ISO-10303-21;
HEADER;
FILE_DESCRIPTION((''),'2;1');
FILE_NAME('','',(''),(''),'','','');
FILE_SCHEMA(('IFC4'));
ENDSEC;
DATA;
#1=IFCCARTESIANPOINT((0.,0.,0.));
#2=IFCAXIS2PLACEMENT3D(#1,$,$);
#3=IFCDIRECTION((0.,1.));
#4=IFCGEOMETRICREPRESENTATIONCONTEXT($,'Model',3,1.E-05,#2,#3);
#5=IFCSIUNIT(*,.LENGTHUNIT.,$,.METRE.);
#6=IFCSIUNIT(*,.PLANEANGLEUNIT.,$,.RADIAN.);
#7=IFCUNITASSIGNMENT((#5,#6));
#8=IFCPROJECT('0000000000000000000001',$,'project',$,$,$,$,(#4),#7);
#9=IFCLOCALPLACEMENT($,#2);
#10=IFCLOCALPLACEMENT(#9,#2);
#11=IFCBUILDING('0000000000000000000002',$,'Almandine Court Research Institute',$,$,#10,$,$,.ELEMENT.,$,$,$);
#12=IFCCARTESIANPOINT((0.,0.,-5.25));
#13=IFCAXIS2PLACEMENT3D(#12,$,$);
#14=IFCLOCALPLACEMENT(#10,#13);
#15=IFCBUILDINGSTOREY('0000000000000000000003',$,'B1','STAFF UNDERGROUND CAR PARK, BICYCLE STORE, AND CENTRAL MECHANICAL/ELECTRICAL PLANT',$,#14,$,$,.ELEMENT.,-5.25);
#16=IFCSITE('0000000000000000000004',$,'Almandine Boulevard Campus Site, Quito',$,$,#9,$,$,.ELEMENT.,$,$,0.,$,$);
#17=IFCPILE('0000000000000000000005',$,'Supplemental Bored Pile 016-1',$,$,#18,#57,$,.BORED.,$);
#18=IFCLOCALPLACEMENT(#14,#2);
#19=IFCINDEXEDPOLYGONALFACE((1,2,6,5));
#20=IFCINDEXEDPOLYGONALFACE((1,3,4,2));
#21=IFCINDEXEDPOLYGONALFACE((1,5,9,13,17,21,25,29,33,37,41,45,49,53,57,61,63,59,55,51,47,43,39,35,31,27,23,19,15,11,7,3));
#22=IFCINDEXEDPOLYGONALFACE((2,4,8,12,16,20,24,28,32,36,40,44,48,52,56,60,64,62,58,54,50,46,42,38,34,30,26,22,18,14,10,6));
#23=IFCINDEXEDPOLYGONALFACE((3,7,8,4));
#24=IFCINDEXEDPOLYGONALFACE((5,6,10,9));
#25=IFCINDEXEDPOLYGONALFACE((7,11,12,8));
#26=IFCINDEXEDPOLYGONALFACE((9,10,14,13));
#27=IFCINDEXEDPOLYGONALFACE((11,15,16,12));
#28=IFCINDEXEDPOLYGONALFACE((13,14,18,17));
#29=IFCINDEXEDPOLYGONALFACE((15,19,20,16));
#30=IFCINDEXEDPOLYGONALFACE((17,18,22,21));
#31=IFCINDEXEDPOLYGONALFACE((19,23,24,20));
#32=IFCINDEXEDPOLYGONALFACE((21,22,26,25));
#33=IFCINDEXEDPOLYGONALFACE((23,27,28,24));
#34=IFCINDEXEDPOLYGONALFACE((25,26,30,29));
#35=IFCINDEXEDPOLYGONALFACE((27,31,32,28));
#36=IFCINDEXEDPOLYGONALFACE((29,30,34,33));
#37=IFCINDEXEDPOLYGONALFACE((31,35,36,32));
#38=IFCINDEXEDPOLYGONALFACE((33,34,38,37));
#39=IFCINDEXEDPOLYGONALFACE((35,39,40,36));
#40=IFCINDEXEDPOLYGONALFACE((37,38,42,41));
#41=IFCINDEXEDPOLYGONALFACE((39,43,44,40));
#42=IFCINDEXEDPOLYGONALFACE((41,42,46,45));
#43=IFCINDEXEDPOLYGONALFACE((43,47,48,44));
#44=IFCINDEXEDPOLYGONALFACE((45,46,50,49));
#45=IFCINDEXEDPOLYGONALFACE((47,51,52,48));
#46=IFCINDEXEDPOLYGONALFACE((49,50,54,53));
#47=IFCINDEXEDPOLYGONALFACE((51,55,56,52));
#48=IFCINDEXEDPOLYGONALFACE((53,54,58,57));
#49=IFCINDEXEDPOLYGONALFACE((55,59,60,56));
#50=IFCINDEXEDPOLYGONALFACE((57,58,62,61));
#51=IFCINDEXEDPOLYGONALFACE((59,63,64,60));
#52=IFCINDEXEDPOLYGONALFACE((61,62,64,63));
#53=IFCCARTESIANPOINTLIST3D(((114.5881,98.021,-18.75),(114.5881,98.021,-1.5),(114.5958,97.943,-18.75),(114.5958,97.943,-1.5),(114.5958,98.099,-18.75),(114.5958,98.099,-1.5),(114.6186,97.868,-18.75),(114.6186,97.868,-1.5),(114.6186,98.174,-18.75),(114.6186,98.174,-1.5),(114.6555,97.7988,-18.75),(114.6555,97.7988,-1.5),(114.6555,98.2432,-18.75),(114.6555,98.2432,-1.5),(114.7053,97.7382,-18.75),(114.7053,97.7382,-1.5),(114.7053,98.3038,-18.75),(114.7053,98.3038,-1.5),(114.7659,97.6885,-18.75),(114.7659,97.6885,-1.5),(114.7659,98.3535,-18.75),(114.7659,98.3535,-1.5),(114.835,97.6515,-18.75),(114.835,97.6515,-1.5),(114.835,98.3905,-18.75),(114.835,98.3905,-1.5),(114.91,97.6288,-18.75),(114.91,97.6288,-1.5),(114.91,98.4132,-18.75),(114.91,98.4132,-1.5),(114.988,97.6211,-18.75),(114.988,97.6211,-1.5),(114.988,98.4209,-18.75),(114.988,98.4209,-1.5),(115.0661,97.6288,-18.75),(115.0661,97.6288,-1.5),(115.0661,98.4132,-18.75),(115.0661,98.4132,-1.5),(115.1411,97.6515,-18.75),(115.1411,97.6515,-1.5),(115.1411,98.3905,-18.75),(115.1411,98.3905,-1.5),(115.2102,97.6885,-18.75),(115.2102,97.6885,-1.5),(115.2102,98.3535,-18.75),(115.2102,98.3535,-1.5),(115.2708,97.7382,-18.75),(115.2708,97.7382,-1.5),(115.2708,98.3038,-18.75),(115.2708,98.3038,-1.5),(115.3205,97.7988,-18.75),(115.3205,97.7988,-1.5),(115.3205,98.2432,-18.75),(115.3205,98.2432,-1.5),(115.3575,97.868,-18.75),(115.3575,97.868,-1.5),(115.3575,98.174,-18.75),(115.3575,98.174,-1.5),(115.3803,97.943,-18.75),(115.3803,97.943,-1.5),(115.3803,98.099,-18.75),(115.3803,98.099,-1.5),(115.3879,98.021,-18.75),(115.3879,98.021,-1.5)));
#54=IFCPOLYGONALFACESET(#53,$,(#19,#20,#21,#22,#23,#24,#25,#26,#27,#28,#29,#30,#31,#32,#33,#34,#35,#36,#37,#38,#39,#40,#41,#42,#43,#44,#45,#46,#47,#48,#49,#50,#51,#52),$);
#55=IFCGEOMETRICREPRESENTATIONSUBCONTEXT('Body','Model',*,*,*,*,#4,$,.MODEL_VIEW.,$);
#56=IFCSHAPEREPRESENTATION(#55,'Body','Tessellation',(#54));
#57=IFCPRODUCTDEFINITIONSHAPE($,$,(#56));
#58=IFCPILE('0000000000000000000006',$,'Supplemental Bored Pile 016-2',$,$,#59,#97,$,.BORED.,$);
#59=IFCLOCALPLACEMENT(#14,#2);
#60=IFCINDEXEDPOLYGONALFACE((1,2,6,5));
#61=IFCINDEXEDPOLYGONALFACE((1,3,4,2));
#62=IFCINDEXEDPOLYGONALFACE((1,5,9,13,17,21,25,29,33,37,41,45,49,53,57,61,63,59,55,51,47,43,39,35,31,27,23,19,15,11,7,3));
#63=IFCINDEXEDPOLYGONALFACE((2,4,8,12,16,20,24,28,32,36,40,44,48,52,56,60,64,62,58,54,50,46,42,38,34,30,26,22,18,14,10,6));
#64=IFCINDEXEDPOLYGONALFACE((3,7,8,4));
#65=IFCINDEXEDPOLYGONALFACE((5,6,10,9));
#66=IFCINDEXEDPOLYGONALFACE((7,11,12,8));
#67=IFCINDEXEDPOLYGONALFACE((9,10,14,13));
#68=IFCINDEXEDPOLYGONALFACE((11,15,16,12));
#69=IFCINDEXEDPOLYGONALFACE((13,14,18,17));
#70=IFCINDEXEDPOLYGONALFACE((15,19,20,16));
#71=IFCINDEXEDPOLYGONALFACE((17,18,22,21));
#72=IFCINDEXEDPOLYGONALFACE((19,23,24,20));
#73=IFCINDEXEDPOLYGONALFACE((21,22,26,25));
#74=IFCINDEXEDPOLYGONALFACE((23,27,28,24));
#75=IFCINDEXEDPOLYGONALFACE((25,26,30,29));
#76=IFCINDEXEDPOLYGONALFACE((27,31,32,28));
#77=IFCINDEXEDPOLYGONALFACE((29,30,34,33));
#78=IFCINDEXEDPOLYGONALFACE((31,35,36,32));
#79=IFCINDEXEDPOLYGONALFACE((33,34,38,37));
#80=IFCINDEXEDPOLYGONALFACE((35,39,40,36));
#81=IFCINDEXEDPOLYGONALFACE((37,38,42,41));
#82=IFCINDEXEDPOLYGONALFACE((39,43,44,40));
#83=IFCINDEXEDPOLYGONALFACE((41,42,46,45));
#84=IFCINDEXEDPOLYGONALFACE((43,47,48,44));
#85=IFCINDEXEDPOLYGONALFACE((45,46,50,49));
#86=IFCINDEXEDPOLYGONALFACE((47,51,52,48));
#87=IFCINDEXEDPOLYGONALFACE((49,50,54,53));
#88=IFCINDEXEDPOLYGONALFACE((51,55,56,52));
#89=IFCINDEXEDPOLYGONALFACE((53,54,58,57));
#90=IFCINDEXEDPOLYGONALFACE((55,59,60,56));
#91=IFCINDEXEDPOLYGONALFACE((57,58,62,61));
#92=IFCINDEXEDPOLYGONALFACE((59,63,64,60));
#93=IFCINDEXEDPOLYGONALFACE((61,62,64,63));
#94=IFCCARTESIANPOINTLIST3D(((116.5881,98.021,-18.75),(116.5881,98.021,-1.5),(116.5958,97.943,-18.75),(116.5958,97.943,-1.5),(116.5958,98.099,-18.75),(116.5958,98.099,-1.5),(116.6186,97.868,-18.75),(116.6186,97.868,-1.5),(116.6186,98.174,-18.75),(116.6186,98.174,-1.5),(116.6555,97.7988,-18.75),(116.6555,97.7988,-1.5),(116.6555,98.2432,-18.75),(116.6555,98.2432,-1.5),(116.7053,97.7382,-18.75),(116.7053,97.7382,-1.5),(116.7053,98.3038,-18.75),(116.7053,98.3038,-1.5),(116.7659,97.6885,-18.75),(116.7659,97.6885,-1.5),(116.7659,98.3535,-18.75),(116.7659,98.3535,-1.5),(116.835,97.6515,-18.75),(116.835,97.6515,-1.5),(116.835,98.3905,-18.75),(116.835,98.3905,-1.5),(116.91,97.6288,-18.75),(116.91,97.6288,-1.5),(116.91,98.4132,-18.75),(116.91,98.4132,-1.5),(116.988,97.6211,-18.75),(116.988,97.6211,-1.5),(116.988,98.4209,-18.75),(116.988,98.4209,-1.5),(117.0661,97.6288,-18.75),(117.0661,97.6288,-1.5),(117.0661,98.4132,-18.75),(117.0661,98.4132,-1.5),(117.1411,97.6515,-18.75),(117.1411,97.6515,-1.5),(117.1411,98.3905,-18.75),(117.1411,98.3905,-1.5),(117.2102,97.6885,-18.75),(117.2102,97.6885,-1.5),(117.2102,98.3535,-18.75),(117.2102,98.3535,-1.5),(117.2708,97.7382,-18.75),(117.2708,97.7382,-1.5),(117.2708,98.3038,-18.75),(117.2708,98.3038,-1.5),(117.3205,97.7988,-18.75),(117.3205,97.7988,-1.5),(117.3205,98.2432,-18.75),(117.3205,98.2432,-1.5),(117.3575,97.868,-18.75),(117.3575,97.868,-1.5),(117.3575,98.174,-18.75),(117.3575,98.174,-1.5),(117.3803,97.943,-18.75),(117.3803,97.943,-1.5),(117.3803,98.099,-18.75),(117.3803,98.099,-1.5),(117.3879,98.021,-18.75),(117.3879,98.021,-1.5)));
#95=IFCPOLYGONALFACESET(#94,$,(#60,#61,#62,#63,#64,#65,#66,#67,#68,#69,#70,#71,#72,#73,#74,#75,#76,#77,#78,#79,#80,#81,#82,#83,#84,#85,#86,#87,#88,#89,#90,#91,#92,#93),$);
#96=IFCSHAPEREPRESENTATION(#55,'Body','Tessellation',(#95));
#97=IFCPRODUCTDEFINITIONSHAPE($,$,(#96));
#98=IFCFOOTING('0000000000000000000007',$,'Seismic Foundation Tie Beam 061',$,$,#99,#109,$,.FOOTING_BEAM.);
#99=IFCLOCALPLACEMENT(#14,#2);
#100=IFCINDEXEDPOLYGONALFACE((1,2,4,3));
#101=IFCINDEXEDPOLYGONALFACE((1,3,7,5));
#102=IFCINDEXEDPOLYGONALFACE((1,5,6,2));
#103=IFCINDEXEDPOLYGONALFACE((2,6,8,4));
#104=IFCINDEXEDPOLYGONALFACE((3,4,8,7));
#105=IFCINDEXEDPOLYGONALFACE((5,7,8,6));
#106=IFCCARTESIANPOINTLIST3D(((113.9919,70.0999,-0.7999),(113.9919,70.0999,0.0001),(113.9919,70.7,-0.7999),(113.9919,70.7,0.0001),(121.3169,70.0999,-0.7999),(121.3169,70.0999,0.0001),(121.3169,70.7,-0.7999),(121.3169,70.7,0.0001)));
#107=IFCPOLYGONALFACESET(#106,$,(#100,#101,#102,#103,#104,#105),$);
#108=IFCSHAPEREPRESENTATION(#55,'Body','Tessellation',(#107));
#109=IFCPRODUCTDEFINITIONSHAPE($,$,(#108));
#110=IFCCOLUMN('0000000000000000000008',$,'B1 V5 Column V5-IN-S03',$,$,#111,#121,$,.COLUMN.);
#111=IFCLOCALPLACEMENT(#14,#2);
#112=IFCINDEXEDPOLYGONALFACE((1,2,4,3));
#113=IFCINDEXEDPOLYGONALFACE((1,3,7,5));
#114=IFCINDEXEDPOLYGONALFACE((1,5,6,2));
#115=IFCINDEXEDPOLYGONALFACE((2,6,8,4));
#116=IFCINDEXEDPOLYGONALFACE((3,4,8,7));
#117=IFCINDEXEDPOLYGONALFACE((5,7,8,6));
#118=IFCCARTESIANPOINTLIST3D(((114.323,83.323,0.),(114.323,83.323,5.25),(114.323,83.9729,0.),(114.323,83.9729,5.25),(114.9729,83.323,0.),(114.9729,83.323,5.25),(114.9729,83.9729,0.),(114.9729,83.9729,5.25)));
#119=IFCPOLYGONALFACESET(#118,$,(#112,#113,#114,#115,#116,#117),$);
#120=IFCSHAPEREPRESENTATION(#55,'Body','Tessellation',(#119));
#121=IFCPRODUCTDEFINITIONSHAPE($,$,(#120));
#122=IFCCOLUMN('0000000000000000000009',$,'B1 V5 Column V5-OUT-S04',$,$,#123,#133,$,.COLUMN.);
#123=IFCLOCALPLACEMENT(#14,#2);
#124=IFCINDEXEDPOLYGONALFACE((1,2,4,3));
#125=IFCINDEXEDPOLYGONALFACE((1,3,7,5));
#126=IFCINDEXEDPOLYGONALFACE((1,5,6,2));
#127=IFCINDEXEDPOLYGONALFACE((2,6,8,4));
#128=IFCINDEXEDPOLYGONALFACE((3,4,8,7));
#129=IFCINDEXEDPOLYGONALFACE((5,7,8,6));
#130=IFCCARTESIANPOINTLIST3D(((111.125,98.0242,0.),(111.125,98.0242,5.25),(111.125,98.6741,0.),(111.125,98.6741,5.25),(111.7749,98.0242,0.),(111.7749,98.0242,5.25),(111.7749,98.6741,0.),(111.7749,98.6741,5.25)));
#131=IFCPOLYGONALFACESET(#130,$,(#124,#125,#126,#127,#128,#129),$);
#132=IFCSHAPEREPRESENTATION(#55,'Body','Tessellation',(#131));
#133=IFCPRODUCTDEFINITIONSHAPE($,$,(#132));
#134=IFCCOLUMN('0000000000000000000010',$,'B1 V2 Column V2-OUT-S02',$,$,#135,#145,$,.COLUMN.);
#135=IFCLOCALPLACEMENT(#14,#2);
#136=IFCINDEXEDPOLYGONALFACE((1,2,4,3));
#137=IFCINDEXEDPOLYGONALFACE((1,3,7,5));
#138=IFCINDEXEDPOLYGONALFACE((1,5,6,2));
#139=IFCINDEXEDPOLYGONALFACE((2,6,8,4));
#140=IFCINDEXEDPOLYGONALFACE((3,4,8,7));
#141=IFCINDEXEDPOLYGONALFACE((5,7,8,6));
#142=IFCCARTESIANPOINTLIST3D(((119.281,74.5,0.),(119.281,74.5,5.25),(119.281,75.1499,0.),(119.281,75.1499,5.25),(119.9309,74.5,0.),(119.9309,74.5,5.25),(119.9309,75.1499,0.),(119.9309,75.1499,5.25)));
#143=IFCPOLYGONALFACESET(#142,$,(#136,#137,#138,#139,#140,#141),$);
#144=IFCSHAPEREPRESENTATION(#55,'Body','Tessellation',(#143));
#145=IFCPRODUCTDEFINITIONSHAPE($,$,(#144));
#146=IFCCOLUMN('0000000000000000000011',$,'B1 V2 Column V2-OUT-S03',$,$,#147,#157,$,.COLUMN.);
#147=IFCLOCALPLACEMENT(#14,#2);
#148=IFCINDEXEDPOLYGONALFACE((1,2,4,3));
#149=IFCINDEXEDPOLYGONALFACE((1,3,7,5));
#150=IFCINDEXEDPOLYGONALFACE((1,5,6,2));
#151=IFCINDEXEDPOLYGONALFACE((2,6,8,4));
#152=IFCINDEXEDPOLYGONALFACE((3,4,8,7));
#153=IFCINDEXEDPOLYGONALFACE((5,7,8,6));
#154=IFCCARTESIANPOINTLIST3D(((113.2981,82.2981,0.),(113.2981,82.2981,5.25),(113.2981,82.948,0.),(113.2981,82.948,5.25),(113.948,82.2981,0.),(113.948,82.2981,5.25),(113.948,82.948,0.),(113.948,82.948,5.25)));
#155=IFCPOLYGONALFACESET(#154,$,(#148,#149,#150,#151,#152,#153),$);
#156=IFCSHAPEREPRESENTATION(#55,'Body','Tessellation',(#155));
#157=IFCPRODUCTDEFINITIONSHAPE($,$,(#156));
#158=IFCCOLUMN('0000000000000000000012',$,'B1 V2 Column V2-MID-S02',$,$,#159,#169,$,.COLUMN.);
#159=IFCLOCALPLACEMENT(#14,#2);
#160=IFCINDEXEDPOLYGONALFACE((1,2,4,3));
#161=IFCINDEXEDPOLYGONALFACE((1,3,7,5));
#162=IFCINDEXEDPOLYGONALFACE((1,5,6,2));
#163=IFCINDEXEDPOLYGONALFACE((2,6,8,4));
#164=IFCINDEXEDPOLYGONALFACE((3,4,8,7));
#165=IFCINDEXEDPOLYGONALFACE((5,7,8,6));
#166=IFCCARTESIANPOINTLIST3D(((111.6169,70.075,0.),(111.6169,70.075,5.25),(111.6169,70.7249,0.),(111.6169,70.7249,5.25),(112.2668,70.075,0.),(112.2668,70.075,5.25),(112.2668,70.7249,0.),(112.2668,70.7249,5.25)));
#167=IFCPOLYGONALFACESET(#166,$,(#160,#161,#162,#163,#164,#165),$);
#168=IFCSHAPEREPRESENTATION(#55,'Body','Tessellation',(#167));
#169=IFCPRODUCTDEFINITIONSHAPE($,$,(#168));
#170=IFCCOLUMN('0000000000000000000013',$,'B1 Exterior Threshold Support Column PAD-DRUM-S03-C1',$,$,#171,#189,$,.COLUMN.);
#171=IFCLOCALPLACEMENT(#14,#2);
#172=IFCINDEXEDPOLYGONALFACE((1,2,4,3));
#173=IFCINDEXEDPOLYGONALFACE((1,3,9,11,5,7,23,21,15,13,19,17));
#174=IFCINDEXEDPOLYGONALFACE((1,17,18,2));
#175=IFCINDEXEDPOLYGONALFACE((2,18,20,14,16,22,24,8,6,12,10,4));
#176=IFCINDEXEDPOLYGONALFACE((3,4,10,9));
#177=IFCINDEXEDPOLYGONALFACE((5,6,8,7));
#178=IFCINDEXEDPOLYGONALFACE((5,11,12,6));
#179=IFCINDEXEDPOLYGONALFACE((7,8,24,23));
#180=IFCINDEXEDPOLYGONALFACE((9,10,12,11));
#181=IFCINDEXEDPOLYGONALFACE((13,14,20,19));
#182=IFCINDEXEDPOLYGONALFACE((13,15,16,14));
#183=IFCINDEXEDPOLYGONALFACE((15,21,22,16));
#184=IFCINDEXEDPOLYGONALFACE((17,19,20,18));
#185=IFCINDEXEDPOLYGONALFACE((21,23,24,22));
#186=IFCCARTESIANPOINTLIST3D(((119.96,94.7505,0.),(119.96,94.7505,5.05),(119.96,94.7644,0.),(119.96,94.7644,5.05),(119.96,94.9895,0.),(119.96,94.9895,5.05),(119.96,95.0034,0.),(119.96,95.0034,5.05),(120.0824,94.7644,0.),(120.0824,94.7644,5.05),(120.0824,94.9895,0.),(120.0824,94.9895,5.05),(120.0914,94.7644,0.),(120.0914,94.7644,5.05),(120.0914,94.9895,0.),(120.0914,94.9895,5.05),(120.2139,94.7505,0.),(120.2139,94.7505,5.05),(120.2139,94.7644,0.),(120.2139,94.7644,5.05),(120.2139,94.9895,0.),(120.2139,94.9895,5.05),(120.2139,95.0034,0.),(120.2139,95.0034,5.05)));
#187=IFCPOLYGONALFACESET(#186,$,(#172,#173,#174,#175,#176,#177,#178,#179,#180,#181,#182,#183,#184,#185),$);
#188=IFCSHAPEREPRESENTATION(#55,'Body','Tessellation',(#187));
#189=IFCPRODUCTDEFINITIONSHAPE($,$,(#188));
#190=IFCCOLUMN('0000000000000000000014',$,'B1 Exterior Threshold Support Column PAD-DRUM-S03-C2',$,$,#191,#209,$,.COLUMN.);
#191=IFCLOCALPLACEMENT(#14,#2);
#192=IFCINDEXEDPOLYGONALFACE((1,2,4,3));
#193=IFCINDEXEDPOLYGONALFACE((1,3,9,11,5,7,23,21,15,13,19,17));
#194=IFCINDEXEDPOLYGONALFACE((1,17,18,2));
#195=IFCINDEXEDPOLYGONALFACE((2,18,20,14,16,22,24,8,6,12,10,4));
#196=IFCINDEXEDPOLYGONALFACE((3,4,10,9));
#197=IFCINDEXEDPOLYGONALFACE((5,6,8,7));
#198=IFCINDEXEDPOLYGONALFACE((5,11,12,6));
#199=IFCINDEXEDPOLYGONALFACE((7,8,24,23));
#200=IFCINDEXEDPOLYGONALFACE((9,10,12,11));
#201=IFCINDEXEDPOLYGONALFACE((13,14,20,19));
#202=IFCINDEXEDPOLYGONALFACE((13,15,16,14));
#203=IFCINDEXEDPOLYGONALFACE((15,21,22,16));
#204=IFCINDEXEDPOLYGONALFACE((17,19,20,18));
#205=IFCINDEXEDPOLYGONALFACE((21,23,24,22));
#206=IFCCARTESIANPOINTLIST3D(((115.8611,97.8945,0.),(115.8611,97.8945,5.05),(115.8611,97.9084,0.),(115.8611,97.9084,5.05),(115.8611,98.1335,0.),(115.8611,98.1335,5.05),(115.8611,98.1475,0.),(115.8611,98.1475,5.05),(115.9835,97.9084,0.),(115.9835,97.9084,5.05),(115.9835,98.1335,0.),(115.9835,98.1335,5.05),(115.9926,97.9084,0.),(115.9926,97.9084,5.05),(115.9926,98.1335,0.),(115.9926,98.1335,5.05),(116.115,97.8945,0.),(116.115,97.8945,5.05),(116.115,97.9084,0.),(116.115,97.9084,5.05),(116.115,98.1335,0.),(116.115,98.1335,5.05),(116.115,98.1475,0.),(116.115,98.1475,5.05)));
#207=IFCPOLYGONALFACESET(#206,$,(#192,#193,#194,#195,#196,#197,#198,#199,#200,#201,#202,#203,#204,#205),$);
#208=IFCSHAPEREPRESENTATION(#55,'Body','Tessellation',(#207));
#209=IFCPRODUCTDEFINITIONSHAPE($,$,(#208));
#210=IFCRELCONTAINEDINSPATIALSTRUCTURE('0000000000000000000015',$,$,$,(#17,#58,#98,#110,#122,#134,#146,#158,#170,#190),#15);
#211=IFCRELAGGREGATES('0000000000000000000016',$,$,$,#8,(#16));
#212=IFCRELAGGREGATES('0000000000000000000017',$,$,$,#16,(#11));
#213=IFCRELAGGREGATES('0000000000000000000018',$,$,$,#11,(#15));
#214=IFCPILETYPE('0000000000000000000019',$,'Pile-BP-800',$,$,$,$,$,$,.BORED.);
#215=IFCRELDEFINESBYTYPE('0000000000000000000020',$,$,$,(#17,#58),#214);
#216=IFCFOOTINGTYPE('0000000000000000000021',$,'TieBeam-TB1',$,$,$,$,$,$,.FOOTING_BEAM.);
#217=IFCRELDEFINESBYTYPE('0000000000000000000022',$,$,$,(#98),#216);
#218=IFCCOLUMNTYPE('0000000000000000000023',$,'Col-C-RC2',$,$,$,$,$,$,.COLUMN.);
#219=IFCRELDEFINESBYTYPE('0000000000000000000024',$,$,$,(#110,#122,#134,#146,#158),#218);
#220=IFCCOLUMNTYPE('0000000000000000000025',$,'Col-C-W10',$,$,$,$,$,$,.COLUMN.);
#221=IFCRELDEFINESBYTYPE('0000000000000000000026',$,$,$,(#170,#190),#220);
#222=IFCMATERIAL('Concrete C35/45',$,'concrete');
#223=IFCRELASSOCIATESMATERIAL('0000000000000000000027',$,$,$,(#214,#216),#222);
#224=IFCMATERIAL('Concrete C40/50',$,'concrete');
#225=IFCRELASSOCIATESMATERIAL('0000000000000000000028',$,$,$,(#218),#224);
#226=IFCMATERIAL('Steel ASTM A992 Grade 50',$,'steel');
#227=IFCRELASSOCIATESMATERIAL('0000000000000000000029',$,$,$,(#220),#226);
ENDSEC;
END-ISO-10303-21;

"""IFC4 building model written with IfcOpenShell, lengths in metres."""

from ifc_helpers import new_model, si_unit, direction, frame, origin, origin_2d, place, context, subcontext, project, spatial, rectangle, circle, i_section, extrude, material, material_profile, profile_set, type_object, element, save


model = new_model("IFC4")

# Units and contexts
model_context = context("Model", 3, precision=1e-05, world=origin(), true_north=direction((0.0, 1.0)))
body_context = subcontext(model_context, "Body", "Model", "MODEL_VIEW")
ifc_project = project(units=[si_unit("LENGTHUNIT", "METRE"), si_unit("PLANEANGLEUNIT", "RADIAN")], contexts=[model_context])

# Site, building, storey
site_placement = place(None, origin())
site = spatial("IfcSite", under=ifc_project, at=site_placement, Name="Almandine Boulevard Campus Site, Quito", CompositionType="ELEMENT", RefElevation=0.0)
building_placement = place(site_placement, origin())
building = spatial("IfcBuilding", under=site, at=building_placement, Name="Almandine Court Research Institute", CompositionType="ELEMENT")
storey_placement = place(building_placement, frame((0.0, 0.0, -5.25)))
storey = spatial("IfcBuildingStorey", under=building, at=storey_placement, Name="B1", Description="STAFF UNDERGROUND CAR PARK, BICYCLE STORE, AND CENTRAL MECHANICAL/ELECTRICAL PLANT", CompositionType="ELEMENT", Elevation=-5.25)

# Shared definitions
ifc_material_1 = material(Name="Concrete C35/45", Category="concrete")

# Piles
ifc_material_profile_1 = material_profile(ifc_material_1, circle(Radius=0.3999, at=origin_2d()), Name="BORED PILE D800")
ifc_profile_set_1 = profile_set([ifc_material_profile_1], Name="Concrete C35/45")
pile_type_1 = type_object("IfcPileType", Name="Pile-BP-800", PredefinedType="BORED", material=ifc_profile_set_1)
for number, where, z_axis, x_axis, name in (
    (1, (114.988, 98.021, -1.5), (0.0, 0.0, -1.0), (1.0, 0.0, 0.0), "Supplemental Bored Pile 016-1"),
    (2, (116.988, 98.021, -1.5), (0.0, 0.0, -1.0), (1.0, 0.0, 0.0), "Supplemental Bored Pile 016-2"),
):
    element("IfcPile", number, at=place(storey_placement, frame(where, z_axis=z_axis, x_axis=x_axis)), inside=storey, type_object=pile_type_1, Name=name, PredefinedType="BORED", context=body_context, shape_type="SweptSolid", body=[
        extrude(circle(Radius=0.3999, at=origin_2d()), origin(), (0.0, 0.0, 1.0), 17.25),
    ])

# Footing
ifc_material_profile_2 = material_profile(ifc_material_1, rectangle(XDim=0.6001, YDim=0.8, at=origin_2d()), Name="RC TIE 600x800")
ifc_profile_set_2 = profile_set([ifc_material_profile_2], Name="Concrete C35/45")
footing_type_1 = type_object("IfcFootingType", Name="TieBeam-TB1", PredefinedType="FOOTING_BEAM", material=ifc_profile_set_2)
footing_1_placement = place(storey_placement, frame((113.9919, 70.3999, -0.3999), z_axis=(1.0, 0.0, 0.0), x_axis=(0.0, 1.0, 0.0)))
element("IfcFooting", 3, at=footing_1_placement, inside=storey, type_object=footing_type_1, Name="Seismic Foundation Tie Beam 061", PredefinedType="FOOTING_BEAM", context=body_context, shape_type="SweptSolid", body=[
    extrude(rectangle(XDim=0.6001, YDim=0.8, at=origin_2d()), origin(), (0.0, 0.0, 1.0), 7.325),
])

# Columns
ifc_material_2 = material(Name="Concrete C40/50", Category="concrete")
ifc_material_profile_3 = material_profile(ifc_material_2, rectangle(XDim=0.6499, YDim=0.6499, at=origin_2d()), Name="RC 650x650")
ifc_profile_set_3 = profile_set([ifc_material_profile_3], Name="Concrete C40/50")
column_type_1 = type_object("IfcColumnType", Name="Col-C-RC2", PredefinedType="COLUMN", material=ifc_profile_set_3)
for number, where, z_axis, x_axis, name in (
    (4, (114.6479, 83.6479, 0.0), (0.0, 0.0, 1.0), (1.0, 0.0, 0.0), "B1 V5 Column V5-IN-S03"),
    (5, (111.45, 98.3491, 0.0), (0.0, 0.0, 1.0), (1.0, 0.0, 0.0), "B1 V5 Column V5-OUT-S04"),
    (6, (119.606, 74.825, 0.0), (0.0, 0.0, 1.0), (1.0, 0.0, 0.0), "B1 V2 Column V2-OUT-S02"),
    (7, (113.623, 82.623, 0.0), (0.0, 0.0, 1.0), (1.0, 0.0, 0.0), "B1 V2 Column V2-OUT-S03"),
    (8, (111.9419, 70.3999, 0.0), (0.0, 0.0, 1.0), (1.0, 0.0, 0.0), "B1 V2 Column V2-MID-S02"),
):
    element("IfcColumn", number, at=place(storey_placement, frame(where, z_axis=z_axis, x_axis=x_axis)), inside=storey, type_object=column_type_1, Name=name, PredefinedType="COLUMN", context=body_context, shape_type="SweptSolid", body=[
        extrude(rectangle(XDim=0.6499, YDim=0.6499, at=origin_2d()), origin(), (0.0, 0.0, 1.0), 5.25),
    ])
ifc_material_3 = material(Name="Steel ASTM A992 Grade 50", Category="steel")
ifc_material_profile_4 = material_profile(ifc_material_3, i_section(OverallWidth=0.2539, OverallDepth=0.2529, WebThickness=0.009, FlangeThickness=0.0139, at=origin_2d()), Name="W250x73")
ifc_profile_set_4 = profile_set([ifc_material_profile_4], Name="Steel ASTM A992 Grade 50")
column_type_2 = type_object("IfcColumnType", Name="Col-C-W10", PredefinedType="COLUMN", material=ifc_profile_set_4)
for number, where, z_axis, x_axis, name in (
    (9, (120.0869, 94.877, 0.0), (0.0, 0.0, 1.0), (1.0, 0.0, 0.0), "B1 Exterior Threshold Support Column PAD-DRUM-S03-C1"),
    (10, (115.988, 98.021, 0.0), (0.0, 0.0, 1.0), (1.0, 0.0, 0.0), "B1 Exterior Threshold Support Column PAD-DRUM-S03-C2"),
):
    element("IfcColumn", number, at=place(storey_placement, frame(where, z_axis=z_axis, x_axis=x_axis)), inside=storey, type_object=column_type_2, Name=name, PredefinedType="COLUMN", context=body_context, shape_type="SweptSolid", body=[
        extrude(i_section(OverallWidth=0.2539, OverallDepth=0.2529, WebThickness=0.009, FlangeThickness=0.0139, at=origin_2d()), origin(), (0.0, 0.0, 1.0), 5.05),
    ])

save(model, "model.ifc")
